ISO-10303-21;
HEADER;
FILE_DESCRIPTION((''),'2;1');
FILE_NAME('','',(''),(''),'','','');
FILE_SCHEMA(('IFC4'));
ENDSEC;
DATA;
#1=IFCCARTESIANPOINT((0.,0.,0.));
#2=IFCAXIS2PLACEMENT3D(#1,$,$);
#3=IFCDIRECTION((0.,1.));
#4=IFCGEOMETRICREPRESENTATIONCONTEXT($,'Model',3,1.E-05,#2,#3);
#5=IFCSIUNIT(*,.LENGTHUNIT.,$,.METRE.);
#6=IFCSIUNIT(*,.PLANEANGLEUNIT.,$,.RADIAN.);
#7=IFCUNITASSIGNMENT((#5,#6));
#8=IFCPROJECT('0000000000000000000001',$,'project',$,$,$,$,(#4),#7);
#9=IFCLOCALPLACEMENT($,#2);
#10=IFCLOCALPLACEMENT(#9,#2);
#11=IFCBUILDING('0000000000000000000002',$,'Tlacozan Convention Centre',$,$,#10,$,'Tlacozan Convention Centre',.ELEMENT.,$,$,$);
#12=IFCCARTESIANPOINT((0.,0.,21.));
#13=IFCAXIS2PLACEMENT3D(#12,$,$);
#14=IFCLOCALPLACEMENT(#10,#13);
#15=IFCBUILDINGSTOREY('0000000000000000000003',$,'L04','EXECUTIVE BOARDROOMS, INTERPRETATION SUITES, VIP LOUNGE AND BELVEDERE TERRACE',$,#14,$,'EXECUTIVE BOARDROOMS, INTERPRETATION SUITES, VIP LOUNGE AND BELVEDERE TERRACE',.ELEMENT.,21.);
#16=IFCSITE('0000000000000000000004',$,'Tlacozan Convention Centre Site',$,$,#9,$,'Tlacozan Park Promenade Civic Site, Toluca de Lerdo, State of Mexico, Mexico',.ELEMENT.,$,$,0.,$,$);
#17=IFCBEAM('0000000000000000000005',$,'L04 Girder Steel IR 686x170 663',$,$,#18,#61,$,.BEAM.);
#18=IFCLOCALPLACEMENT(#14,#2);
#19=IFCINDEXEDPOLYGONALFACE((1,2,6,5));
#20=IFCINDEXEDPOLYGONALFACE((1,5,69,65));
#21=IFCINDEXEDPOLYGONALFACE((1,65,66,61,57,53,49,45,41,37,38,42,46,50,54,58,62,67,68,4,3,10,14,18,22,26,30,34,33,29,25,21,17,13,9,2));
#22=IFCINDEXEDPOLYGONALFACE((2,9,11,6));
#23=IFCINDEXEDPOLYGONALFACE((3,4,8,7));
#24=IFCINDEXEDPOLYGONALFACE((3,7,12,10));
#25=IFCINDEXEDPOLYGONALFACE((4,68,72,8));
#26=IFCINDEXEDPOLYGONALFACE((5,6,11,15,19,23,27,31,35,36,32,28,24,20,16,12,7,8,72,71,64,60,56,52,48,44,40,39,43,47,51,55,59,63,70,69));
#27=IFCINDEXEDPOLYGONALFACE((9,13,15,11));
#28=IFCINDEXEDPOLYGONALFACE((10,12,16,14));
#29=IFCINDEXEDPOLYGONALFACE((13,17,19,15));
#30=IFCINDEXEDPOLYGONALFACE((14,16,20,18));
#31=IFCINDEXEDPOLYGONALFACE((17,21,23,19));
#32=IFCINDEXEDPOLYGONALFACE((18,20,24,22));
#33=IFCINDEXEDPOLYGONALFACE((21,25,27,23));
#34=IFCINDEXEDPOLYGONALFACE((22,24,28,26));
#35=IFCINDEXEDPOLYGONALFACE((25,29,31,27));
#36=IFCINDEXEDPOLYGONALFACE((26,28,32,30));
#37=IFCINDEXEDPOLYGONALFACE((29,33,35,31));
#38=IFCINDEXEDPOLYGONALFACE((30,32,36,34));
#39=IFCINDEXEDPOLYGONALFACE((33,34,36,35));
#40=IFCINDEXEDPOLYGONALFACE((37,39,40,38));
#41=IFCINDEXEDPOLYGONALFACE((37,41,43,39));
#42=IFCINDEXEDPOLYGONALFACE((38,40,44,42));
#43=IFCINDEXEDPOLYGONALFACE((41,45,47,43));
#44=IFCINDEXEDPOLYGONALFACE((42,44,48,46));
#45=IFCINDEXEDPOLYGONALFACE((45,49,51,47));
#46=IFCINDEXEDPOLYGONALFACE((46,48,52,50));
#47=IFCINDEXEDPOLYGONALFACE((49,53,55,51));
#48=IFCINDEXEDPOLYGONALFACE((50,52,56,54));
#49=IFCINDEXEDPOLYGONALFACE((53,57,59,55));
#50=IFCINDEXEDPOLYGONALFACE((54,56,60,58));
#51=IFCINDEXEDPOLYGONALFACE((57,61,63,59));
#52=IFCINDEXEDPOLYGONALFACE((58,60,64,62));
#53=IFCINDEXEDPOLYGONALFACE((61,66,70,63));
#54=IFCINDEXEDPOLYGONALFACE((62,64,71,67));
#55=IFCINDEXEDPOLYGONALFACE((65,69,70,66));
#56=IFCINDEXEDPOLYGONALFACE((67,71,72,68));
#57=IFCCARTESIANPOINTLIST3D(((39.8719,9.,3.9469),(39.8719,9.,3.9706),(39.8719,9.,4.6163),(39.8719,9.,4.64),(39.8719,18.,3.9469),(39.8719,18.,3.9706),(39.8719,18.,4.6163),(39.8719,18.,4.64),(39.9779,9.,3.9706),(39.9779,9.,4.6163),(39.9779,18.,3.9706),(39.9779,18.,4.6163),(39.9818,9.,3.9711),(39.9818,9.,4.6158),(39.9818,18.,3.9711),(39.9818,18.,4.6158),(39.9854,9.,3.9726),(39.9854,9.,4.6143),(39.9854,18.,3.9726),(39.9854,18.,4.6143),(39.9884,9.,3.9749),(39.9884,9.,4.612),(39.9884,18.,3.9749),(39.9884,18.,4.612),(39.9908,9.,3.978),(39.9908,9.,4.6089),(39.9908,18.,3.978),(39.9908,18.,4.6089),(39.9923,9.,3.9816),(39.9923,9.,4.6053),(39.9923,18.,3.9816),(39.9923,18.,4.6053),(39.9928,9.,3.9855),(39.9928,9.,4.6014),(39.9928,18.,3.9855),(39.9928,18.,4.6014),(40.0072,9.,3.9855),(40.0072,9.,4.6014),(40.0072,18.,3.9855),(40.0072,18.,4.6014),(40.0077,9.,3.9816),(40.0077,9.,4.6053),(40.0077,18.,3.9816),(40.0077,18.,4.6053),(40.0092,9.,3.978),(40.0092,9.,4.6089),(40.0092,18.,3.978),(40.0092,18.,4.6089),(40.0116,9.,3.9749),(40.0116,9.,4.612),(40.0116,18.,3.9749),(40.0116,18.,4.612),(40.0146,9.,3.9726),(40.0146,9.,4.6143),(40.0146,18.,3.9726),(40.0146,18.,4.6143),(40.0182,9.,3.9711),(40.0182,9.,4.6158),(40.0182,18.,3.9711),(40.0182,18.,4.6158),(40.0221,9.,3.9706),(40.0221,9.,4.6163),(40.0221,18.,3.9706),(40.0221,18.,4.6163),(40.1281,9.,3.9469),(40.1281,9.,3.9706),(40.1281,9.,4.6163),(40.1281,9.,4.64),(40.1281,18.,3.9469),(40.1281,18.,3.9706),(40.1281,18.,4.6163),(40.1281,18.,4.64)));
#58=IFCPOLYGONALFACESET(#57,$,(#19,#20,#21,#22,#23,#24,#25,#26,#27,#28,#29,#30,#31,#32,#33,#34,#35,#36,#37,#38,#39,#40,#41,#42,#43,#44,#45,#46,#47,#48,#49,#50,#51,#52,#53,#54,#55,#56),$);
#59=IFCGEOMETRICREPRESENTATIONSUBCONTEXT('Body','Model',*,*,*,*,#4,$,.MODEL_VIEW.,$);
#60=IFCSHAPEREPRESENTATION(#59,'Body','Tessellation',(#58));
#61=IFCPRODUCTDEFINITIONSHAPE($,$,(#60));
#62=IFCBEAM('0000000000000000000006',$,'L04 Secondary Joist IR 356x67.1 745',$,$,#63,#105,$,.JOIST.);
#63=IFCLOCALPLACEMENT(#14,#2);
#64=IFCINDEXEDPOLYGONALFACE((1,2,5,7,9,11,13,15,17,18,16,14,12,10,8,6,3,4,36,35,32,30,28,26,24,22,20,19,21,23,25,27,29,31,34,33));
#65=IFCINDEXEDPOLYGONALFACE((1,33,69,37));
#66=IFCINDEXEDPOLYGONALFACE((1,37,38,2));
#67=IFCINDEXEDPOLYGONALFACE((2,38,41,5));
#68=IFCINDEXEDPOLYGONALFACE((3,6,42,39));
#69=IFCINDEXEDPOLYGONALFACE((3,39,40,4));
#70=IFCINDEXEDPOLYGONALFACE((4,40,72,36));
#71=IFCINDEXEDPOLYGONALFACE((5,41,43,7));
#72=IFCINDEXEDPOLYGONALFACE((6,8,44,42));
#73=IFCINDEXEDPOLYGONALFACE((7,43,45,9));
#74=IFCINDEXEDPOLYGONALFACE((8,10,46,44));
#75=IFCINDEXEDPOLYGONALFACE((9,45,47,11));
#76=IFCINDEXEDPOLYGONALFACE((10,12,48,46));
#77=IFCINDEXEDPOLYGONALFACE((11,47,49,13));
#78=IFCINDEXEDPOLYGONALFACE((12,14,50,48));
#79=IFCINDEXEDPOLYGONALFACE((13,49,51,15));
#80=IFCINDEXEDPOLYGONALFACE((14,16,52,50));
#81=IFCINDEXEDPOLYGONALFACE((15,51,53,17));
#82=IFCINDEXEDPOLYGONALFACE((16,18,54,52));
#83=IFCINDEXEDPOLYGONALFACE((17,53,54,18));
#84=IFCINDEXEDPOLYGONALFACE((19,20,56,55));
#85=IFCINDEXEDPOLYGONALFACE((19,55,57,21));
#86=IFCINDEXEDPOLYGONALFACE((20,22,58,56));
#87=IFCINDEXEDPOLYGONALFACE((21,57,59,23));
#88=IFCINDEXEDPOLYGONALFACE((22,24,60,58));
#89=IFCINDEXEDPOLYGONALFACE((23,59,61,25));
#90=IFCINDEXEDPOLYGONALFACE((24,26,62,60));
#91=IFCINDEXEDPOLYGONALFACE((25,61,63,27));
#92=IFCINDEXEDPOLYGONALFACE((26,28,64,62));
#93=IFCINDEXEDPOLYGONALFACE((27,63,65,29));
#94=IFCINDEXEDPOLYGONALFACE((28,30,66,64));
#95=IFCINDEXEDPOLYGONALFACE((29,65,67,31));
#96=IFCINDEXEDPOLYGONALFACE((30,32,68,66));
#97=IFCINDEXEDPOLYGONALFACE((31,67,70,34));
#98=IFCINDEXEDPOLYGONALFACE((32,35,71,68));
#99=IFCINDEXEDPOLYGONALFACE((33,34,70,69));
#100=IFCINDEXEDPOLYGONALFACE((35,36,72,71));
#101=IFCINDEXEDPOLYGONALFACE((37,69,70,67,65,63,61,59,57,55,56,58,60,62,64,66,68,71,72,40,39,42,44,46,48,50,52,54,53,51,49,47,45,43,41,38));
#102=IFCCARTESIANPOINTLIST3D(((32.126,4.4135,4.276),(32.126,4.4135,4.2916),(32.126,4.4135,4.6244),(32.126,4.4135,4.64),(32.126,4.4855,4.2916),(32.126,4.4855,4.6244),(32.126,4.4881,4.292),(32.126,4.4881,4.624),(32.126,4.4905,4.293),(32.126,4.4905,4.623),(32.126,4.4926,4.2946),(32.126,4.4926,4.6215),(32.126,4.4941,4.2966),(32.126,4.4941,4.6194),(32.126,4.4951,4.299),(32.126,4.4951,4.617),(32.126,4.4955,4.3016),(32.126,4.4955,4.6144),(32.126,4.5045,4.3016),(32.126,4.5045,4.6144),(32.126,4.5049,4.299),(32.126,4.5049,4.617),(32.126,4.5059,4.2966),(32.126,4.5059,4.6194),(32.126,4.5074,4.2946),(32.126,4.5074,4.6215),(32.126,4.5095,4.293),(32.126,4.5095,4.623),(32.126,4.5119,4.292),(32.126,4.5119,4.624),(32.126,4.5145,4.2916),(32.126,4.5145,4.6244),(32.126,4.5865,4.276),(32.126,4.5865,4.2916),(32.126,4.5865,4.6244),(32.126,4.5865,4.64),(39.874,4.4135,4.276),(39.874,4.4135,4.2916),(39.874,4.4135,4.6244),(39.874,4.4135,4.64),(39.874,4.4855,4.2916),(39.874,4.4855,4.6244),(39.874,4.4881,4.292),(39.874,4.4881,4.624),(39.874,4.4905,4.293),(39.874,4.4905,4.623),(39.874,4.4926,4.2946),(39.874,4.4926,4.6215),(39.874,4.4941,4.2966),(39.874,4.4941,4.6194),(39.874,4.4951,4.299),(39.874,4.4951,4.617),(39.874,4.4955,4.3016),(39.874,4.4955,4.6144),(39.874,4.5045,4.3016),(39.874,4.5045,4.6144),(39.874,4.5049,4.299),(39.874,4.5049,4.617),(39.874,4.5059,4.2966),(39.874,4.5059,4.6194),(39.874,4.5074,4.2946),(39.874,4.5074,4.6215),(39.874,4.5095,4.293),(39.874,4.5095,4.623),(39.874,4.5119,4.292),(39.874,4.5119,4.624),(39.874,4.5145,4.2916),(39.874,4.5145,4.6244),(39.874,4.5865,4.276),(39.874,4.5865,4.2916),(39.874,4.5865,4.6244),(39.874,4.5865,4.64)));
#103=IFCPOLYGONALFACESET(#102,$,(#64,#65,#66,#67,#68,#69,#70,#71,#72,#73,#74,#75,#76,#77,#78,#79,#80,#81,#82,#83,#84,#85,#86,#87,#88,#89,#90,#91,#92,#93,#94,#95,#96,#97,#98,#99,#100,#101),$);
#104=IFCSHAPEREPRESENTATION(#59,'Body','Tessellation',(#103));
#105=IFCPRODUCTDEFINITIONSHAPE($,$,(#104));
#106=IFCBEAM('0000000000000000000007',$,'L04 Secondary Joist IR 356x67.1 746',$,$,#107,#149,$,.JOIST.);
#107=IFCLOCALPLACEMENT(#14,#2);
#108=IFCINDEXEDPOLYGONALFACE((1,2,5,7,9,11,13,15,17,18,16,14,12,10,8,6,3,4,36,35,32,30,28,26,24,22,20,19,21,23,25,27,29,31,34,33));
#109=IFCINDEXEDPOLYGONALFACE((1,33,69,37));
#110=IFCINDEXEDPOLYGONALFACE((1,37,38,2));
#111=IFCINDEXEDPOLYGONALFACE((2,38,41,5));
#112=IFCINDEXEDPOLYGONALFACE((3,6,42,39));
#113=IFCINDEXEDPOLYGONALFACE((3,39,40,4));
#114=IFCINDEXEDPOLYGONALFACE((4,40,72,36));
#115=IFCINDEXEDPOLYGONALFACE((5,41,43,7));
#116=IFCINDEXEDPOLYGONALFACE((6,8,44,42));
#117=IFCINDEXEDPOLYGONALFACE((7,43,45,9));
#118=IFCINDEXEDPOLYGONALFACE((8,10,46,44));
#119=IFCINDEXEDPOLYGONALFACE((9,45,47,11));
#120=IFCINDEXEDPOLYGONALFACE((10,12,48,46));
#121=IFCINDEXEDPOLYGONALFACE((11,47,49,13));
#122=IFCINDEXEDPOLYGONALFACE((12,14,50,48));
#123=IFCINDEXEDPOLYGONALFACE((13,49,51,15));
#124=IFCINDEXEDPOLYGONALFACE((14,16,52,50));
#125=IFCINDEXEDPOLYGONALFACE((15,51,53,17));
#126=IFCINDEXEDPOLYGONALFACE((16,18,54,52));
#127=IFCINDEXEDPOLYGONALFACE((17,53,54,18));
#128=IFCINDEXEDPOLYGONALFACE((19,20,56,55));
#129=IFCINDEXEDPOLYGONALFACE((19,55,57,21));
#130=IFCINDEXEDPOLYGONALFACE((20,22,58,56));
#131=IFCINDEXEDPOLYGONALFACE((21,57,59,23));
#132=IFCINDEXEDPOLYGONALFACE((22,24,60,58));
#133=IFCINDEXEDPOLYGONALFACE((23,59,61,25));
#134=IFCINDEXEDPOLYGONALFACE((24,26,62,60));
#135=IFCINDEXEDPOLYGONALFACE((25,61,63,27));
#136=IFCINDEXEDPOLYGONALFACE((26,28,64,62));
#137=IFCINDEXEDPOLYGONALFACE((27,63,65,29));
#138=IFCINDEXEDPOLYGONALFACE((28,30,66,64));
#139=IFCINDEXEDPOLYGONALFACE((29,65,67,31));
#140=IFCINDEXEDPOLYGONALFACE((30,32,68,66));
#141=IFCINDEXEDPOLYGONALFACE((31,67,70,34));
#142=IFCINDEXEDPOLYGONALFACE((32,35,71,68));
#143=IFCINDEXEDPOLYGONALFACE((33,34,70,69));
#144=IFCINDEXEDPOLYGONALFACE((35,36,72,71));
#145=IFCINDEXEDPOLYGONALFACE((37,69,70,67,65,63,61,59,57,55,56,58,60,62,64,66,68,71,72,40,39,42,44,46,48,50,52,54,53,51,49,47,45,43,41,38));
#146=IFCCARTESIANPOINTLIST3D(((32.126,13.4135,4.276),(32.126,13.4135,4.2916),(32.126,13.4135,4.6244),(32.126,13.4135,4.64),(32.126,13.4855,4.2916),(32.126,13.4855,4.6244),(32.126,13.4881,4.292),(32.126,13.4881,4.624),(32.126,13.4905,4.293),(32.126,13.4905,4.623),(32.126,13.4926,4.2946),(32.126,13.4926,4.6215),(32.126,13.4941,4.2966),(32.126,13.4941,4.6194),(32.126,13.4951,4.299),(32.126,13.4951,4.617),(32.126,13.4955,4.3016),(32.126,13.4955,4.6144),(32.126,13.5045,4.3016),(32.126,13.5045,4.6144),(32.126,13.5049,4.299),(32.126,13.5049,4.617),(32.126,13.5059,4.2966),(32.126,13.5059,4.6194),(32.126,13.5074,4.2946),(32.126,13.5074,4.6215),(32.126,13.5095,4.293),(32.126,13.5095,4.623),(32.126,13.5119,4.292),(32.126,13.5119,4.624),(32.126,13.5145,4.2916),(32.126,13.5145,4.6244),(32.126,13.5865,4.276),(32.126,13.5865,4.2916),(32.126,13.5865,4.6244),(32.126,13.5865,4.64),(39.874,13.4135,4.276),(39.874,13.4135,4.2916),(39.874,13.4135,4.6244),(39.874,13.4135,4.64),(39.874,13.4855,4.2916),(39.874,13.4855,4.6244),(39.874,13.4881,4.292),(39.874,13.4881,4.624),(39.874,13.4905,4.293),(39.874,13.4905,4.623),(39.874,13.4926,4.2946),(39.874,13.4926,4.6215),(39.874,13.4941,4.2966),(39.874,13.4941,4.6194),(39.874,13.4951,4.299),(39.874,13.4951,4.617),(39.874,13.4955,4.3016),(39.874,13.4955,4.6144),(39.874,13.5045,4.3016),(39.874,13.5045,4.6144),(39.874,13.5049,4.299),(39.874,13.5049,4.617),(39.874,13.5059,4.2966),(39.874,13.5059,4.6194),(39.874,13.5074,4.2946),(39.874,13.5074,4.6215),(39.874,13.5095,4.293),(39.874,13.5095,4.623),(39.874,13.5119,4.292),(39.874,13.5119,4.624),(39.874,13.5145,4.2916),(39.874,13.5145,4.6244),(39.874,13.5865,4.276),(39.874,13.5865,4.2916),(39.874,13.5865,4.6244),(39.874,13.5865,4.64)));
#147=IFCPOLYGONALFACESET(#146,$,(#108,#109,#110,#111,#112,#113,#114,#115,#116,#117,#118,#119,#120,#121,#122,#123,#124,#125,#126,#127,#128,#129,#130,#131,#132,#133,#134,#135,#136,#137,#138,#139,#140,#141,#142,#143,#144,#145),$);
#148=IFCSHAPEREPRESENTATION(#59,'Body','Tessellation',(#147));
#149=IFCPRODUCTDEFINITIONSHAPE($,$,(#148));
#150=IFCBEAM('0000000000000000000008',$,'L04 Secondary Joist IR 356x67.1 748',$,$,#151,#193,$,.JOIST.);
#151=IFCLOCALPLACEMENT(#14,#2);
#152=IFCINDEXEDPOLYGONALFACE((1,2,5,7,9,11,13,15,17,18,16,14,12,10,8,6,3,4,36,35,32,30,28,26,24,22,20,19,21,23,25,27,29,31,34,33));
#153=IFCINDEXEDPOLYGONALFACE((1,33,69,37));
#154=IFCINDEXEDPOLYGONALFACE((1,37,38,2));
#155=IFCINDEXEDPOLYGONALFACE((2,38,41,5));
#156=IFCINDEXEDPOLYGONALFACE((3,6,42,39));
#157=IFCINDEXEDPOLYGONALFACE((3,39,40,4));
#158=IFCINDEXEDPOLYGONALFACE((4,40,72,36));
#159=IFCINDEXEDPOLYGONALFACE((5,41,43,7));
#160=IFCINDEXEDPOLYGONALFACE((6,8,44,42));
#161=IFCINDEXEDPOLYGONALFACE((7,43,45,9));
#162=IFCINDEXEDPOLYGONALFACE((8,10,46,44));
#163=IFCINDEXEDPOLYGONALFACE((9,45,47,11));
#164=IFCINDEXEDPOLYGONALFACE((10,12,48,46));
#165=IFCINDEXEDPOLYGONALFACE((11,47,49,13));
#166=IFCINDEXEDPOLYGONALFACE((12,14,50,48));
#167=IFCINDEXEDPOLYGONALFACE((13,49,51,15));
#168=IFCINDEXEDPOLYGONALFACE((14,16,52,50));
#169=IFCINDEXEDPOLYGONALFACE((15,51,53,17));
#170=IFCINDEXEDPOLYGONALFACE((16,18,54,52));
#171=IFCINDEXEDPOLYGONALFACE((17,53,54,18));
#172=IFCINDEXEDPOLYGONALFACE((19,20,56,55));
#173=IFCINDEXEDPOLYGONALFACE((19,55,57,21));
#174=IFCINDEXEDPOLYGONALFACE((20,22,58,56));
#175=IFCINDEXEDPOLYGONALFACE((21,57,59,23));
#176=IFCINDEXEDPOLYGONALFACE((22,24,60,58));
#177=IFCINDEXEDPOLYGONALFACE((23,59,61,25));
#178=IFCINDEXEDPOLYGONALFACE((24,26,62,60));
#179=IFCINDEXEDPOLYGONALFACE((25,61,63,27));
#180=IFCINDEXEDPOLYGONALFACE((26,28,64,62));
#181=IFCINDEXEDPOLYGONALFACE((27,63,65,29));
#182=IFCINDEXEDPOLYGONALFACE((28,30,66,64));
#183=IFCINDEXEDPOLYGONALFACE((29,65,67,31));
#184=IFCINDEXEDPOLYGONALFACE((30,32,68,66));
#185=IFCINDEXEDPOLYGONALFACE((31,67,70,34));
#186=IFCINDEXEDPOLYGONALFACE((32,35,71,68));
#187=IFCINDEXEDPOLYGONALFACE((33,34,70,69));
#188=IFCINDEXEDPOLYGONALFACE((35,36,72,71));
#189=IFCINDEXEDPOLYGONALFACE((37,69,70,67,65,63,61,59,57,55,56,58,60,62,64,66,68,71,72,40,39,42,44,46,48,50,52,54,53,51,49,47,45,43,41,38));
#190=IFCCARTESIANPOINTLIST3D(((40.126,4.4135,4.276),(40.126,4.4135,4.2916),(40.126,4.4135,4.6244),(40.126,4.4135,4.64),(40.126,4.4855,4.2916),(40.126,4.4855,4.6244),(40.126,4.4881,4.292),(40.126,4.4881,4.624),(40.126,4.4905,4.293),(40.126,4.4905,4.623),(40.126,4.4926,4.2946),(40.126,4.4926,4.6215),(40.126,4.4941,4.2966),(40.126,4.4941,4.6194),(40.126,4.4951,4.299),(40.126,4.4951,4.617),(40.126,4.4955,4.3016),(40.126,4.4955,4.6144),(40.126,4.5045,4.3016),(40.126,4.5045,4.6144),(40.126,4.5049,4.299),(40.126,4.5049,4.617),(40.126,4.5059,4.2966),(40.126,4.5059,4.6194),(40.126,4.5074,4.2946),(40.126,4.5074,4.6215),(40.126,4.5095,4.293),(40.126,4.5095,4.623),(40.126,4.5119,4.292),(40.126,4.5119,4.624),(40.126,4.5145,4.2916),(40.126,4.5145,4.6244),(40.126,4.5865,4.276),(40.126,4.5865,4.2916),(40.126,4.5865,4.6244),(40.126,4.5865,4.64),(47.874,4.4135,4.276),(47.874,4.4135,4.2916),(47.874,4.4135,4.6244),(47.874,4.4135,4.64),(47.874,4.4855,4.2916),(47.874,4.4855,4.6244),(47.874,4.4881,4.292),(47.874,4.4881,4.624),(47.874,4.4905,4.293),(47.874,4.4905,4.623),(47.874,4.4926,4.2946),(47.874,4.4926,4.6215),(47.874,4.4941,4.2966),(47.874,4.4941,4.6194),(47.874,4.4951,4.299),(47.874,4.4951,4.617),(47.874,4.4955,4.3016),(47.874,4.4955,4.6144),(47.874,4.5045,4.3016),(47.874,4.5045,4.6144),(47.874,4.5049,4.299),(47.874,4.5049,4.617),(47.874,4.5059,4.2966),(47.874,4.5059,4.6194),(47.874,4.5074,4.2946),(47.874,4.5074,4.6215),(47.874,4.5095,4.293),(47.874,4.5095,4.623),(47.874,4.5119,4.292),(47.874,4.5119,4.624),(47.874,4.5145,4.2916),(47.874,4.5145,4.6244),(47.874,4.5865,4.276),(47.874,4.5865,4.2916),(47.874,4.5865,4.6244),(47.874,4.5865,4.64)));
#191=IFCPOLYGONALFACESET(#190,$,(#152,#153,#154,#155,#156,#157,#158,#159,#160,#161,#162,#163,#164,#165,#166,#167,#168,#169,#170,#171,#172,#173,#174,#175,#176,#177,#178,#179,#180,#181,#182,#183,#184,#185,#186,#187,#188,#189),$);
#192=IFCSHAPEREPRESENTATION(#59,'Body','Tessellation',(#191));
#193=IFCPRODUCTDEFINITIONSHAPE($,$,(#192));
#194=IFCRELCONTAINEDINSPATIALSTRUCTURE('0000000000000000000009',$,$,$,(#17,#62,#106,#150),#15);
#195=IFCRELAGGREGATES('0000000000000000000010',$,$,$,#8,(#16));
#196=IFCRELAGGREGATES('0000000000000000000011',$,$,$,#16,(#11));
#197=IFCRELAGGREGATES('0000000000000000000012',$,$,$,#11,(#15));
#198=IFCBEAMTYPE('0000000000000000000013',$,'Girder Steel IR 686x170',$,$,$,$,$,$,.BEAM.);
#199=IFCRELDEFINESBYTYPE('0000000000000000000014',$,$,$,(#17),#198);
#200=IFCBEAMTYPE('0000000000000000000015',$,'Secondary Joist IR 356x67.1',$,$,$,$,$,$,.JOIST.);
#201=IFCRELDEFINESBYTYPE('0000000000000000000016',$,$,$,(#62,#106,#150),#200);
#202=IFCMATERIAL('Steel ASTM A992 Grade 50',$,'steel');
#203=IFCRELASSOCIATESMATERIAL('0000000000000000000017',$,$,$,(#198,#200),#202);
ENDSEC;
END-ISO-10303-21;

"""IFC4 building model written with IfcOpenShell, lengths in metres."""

from ifc_helpers import new_model, si_unit, direction, frame, origin, origin_2d, place, context, subcontext, project, spatial, i_section, extrude, material, material_profile, profile_set, type_object, element, save


model = new_model("IFC4")

# Units and contexts
model_context = context("Model", 3, precision=1e-05, world=origin(), true_north=direction((0.0, 1.0)))
body_context = subcontext(model_context, "Body", "Model", "MODEL_VIEW")
ifc_project = project(units=[si_unit("LENGTHUNIT", "METRE"), si_unit("PLANEANGLEUNIT", "RADIAN")], contexts=[model_context])

# Site, building, storey
site_placement = place(None, origin())
site = spatial("IfcSite", under=ifc_project, at=site_placement, Name="Tlacozan Convention Centre Site", LongName="Tlacozan Park Promenade Civic Site, Toluca de Lerdo, State of Mexico, Mexico", CompositionType="ELEMENT", RefElevation=0.0)
building_placement = place(site_placement, origin())
building = spatial("IfcBuilding", under=site, at=building_placement, Name="Tlacozan Convention Centre", LongName="Tlacozan Convention Centre", CompositionType="ELEMENT")
storey_placement = place(building_placement, frame((0.0, 0.0, 21.0)))
storey = spatial("IfcBuildingStorey", under=building, at=storey_placement, Name="L04", Description="EXECUTIVE BOARDROOMS, INTERPRETATION SUITES, VIP LOUNGE AND BELVEDERE TERRACE", LongName="EXECUTIVE BOARDROOMS, INTERPRETATION SUITES, VIP LOUNGE AND BELVEDERE TERRACE", CompositionType="ELEMENT", Elevation=21.0)

# Beams
ifc_material_1 = material(Name="Steel ASTM A992 Grade 50", Category="steel")
ifc_material_profile_1 = material_profile(ifc_material_1, i_section(OverallWidth=0.2561, OverallDepth=0.6931, WebThickness=0.0144, FlangeThickness=0.0237, FilletRadius=0.0149, at=origin_2d()), Name="IR 686x170.0")
ifc_profile_set_1 = profile_set([ifc_material_profile_1], Name="Steel ASTM A992 Grade 50")
beam_type_1 = type_object("IfcBeamType", Name="Girder Steel IR 686x170", PredefinedType="BEAM", material=ifc_profile_set_1)
for number, where, z_axis, x_axis, name in (
    (1, (40.0, 9.0, 4.2935), (0.0, 1.0, 0.0), (-1.0, 0.0, 0.0), "L04 Girder Steel IR 686x170 663"),
):
    element("IfcBeam", number, at=place(storey_placement, frame(where, z_axis=z_axis, x_axis=x_axis)), inside=storey, type_object=beam_type_1, Name=name, PredefinedType="BEAM", context=body_context, shape_type="SweptSolid", body=[
        extrude(i_section(OverallWidth=0.2561, OverallDepth=0.6931, WebThickness=0.0144, FlangeThickness=0.0237, FilletRadius=0.0149, at=origin_2d()), origin(), (0.0, 0.0, 1.0), 9.0),
    ])
ifc_material_profile_2 = material_profile(ifc_material_1, i_section(OverallWidth=0.1731, OverallDepth=0.364, WebThickness=0.009, FlangeThickness=0.0156, FilletRadius=0.01, at=origin_2d()), Name="IR 356x67.1")
ifc_profile_set_2 = profile_set([ifc_material_profile_2], Name="Steel ASTM A992 Grade 50")
beam_type_2 = type_object("IfcBeamType", Name="Secondary Joist IR 356x67.1", PredefinedType="JOIST", material=ifc_profile_set_2)
for number, where, z_axis, x_axis, name in (
    (2, (32.126, 4.5, 4.458), (1.0, 0.0, 0.0), (0.0, 1.0, 0.0), "L04 Secondary Joist IR 356x67.1 745"),
    (3, (32.126, 13.5, 4.458), (1.0, 0.0, 0.0), (0.0, 1.0, 0.0), "L04 Secondary Joist IR 356x67.1 746"),
    (4, (40.126, 4.5, 4.458), (1.0, 0.0, 0.0), (0.0, 1.0, 0.0), "L04 Secondary Joist IR 356x67.1 748"),
):
    element("IfcBeam", number, at=place(storey_placement, frame(where, z_axis=z_axis, x_axis=x_axis)), inside=storey, type_object=beam_type_2, Name=name, PredefinedType="JOIST", context=body_context, shape_type="SweptSolid", body=[
        extrude(i_section(OverallWidth=0.1731, OverallDepth=0.364, WebThickness=0.009, FlangeThickness=0.0156, FilletRadius=0.01, at=origin_2d()), origin(), (0.0, 0.0, 1.0), 7.748),
    ])

save(model, "model.ifc")
